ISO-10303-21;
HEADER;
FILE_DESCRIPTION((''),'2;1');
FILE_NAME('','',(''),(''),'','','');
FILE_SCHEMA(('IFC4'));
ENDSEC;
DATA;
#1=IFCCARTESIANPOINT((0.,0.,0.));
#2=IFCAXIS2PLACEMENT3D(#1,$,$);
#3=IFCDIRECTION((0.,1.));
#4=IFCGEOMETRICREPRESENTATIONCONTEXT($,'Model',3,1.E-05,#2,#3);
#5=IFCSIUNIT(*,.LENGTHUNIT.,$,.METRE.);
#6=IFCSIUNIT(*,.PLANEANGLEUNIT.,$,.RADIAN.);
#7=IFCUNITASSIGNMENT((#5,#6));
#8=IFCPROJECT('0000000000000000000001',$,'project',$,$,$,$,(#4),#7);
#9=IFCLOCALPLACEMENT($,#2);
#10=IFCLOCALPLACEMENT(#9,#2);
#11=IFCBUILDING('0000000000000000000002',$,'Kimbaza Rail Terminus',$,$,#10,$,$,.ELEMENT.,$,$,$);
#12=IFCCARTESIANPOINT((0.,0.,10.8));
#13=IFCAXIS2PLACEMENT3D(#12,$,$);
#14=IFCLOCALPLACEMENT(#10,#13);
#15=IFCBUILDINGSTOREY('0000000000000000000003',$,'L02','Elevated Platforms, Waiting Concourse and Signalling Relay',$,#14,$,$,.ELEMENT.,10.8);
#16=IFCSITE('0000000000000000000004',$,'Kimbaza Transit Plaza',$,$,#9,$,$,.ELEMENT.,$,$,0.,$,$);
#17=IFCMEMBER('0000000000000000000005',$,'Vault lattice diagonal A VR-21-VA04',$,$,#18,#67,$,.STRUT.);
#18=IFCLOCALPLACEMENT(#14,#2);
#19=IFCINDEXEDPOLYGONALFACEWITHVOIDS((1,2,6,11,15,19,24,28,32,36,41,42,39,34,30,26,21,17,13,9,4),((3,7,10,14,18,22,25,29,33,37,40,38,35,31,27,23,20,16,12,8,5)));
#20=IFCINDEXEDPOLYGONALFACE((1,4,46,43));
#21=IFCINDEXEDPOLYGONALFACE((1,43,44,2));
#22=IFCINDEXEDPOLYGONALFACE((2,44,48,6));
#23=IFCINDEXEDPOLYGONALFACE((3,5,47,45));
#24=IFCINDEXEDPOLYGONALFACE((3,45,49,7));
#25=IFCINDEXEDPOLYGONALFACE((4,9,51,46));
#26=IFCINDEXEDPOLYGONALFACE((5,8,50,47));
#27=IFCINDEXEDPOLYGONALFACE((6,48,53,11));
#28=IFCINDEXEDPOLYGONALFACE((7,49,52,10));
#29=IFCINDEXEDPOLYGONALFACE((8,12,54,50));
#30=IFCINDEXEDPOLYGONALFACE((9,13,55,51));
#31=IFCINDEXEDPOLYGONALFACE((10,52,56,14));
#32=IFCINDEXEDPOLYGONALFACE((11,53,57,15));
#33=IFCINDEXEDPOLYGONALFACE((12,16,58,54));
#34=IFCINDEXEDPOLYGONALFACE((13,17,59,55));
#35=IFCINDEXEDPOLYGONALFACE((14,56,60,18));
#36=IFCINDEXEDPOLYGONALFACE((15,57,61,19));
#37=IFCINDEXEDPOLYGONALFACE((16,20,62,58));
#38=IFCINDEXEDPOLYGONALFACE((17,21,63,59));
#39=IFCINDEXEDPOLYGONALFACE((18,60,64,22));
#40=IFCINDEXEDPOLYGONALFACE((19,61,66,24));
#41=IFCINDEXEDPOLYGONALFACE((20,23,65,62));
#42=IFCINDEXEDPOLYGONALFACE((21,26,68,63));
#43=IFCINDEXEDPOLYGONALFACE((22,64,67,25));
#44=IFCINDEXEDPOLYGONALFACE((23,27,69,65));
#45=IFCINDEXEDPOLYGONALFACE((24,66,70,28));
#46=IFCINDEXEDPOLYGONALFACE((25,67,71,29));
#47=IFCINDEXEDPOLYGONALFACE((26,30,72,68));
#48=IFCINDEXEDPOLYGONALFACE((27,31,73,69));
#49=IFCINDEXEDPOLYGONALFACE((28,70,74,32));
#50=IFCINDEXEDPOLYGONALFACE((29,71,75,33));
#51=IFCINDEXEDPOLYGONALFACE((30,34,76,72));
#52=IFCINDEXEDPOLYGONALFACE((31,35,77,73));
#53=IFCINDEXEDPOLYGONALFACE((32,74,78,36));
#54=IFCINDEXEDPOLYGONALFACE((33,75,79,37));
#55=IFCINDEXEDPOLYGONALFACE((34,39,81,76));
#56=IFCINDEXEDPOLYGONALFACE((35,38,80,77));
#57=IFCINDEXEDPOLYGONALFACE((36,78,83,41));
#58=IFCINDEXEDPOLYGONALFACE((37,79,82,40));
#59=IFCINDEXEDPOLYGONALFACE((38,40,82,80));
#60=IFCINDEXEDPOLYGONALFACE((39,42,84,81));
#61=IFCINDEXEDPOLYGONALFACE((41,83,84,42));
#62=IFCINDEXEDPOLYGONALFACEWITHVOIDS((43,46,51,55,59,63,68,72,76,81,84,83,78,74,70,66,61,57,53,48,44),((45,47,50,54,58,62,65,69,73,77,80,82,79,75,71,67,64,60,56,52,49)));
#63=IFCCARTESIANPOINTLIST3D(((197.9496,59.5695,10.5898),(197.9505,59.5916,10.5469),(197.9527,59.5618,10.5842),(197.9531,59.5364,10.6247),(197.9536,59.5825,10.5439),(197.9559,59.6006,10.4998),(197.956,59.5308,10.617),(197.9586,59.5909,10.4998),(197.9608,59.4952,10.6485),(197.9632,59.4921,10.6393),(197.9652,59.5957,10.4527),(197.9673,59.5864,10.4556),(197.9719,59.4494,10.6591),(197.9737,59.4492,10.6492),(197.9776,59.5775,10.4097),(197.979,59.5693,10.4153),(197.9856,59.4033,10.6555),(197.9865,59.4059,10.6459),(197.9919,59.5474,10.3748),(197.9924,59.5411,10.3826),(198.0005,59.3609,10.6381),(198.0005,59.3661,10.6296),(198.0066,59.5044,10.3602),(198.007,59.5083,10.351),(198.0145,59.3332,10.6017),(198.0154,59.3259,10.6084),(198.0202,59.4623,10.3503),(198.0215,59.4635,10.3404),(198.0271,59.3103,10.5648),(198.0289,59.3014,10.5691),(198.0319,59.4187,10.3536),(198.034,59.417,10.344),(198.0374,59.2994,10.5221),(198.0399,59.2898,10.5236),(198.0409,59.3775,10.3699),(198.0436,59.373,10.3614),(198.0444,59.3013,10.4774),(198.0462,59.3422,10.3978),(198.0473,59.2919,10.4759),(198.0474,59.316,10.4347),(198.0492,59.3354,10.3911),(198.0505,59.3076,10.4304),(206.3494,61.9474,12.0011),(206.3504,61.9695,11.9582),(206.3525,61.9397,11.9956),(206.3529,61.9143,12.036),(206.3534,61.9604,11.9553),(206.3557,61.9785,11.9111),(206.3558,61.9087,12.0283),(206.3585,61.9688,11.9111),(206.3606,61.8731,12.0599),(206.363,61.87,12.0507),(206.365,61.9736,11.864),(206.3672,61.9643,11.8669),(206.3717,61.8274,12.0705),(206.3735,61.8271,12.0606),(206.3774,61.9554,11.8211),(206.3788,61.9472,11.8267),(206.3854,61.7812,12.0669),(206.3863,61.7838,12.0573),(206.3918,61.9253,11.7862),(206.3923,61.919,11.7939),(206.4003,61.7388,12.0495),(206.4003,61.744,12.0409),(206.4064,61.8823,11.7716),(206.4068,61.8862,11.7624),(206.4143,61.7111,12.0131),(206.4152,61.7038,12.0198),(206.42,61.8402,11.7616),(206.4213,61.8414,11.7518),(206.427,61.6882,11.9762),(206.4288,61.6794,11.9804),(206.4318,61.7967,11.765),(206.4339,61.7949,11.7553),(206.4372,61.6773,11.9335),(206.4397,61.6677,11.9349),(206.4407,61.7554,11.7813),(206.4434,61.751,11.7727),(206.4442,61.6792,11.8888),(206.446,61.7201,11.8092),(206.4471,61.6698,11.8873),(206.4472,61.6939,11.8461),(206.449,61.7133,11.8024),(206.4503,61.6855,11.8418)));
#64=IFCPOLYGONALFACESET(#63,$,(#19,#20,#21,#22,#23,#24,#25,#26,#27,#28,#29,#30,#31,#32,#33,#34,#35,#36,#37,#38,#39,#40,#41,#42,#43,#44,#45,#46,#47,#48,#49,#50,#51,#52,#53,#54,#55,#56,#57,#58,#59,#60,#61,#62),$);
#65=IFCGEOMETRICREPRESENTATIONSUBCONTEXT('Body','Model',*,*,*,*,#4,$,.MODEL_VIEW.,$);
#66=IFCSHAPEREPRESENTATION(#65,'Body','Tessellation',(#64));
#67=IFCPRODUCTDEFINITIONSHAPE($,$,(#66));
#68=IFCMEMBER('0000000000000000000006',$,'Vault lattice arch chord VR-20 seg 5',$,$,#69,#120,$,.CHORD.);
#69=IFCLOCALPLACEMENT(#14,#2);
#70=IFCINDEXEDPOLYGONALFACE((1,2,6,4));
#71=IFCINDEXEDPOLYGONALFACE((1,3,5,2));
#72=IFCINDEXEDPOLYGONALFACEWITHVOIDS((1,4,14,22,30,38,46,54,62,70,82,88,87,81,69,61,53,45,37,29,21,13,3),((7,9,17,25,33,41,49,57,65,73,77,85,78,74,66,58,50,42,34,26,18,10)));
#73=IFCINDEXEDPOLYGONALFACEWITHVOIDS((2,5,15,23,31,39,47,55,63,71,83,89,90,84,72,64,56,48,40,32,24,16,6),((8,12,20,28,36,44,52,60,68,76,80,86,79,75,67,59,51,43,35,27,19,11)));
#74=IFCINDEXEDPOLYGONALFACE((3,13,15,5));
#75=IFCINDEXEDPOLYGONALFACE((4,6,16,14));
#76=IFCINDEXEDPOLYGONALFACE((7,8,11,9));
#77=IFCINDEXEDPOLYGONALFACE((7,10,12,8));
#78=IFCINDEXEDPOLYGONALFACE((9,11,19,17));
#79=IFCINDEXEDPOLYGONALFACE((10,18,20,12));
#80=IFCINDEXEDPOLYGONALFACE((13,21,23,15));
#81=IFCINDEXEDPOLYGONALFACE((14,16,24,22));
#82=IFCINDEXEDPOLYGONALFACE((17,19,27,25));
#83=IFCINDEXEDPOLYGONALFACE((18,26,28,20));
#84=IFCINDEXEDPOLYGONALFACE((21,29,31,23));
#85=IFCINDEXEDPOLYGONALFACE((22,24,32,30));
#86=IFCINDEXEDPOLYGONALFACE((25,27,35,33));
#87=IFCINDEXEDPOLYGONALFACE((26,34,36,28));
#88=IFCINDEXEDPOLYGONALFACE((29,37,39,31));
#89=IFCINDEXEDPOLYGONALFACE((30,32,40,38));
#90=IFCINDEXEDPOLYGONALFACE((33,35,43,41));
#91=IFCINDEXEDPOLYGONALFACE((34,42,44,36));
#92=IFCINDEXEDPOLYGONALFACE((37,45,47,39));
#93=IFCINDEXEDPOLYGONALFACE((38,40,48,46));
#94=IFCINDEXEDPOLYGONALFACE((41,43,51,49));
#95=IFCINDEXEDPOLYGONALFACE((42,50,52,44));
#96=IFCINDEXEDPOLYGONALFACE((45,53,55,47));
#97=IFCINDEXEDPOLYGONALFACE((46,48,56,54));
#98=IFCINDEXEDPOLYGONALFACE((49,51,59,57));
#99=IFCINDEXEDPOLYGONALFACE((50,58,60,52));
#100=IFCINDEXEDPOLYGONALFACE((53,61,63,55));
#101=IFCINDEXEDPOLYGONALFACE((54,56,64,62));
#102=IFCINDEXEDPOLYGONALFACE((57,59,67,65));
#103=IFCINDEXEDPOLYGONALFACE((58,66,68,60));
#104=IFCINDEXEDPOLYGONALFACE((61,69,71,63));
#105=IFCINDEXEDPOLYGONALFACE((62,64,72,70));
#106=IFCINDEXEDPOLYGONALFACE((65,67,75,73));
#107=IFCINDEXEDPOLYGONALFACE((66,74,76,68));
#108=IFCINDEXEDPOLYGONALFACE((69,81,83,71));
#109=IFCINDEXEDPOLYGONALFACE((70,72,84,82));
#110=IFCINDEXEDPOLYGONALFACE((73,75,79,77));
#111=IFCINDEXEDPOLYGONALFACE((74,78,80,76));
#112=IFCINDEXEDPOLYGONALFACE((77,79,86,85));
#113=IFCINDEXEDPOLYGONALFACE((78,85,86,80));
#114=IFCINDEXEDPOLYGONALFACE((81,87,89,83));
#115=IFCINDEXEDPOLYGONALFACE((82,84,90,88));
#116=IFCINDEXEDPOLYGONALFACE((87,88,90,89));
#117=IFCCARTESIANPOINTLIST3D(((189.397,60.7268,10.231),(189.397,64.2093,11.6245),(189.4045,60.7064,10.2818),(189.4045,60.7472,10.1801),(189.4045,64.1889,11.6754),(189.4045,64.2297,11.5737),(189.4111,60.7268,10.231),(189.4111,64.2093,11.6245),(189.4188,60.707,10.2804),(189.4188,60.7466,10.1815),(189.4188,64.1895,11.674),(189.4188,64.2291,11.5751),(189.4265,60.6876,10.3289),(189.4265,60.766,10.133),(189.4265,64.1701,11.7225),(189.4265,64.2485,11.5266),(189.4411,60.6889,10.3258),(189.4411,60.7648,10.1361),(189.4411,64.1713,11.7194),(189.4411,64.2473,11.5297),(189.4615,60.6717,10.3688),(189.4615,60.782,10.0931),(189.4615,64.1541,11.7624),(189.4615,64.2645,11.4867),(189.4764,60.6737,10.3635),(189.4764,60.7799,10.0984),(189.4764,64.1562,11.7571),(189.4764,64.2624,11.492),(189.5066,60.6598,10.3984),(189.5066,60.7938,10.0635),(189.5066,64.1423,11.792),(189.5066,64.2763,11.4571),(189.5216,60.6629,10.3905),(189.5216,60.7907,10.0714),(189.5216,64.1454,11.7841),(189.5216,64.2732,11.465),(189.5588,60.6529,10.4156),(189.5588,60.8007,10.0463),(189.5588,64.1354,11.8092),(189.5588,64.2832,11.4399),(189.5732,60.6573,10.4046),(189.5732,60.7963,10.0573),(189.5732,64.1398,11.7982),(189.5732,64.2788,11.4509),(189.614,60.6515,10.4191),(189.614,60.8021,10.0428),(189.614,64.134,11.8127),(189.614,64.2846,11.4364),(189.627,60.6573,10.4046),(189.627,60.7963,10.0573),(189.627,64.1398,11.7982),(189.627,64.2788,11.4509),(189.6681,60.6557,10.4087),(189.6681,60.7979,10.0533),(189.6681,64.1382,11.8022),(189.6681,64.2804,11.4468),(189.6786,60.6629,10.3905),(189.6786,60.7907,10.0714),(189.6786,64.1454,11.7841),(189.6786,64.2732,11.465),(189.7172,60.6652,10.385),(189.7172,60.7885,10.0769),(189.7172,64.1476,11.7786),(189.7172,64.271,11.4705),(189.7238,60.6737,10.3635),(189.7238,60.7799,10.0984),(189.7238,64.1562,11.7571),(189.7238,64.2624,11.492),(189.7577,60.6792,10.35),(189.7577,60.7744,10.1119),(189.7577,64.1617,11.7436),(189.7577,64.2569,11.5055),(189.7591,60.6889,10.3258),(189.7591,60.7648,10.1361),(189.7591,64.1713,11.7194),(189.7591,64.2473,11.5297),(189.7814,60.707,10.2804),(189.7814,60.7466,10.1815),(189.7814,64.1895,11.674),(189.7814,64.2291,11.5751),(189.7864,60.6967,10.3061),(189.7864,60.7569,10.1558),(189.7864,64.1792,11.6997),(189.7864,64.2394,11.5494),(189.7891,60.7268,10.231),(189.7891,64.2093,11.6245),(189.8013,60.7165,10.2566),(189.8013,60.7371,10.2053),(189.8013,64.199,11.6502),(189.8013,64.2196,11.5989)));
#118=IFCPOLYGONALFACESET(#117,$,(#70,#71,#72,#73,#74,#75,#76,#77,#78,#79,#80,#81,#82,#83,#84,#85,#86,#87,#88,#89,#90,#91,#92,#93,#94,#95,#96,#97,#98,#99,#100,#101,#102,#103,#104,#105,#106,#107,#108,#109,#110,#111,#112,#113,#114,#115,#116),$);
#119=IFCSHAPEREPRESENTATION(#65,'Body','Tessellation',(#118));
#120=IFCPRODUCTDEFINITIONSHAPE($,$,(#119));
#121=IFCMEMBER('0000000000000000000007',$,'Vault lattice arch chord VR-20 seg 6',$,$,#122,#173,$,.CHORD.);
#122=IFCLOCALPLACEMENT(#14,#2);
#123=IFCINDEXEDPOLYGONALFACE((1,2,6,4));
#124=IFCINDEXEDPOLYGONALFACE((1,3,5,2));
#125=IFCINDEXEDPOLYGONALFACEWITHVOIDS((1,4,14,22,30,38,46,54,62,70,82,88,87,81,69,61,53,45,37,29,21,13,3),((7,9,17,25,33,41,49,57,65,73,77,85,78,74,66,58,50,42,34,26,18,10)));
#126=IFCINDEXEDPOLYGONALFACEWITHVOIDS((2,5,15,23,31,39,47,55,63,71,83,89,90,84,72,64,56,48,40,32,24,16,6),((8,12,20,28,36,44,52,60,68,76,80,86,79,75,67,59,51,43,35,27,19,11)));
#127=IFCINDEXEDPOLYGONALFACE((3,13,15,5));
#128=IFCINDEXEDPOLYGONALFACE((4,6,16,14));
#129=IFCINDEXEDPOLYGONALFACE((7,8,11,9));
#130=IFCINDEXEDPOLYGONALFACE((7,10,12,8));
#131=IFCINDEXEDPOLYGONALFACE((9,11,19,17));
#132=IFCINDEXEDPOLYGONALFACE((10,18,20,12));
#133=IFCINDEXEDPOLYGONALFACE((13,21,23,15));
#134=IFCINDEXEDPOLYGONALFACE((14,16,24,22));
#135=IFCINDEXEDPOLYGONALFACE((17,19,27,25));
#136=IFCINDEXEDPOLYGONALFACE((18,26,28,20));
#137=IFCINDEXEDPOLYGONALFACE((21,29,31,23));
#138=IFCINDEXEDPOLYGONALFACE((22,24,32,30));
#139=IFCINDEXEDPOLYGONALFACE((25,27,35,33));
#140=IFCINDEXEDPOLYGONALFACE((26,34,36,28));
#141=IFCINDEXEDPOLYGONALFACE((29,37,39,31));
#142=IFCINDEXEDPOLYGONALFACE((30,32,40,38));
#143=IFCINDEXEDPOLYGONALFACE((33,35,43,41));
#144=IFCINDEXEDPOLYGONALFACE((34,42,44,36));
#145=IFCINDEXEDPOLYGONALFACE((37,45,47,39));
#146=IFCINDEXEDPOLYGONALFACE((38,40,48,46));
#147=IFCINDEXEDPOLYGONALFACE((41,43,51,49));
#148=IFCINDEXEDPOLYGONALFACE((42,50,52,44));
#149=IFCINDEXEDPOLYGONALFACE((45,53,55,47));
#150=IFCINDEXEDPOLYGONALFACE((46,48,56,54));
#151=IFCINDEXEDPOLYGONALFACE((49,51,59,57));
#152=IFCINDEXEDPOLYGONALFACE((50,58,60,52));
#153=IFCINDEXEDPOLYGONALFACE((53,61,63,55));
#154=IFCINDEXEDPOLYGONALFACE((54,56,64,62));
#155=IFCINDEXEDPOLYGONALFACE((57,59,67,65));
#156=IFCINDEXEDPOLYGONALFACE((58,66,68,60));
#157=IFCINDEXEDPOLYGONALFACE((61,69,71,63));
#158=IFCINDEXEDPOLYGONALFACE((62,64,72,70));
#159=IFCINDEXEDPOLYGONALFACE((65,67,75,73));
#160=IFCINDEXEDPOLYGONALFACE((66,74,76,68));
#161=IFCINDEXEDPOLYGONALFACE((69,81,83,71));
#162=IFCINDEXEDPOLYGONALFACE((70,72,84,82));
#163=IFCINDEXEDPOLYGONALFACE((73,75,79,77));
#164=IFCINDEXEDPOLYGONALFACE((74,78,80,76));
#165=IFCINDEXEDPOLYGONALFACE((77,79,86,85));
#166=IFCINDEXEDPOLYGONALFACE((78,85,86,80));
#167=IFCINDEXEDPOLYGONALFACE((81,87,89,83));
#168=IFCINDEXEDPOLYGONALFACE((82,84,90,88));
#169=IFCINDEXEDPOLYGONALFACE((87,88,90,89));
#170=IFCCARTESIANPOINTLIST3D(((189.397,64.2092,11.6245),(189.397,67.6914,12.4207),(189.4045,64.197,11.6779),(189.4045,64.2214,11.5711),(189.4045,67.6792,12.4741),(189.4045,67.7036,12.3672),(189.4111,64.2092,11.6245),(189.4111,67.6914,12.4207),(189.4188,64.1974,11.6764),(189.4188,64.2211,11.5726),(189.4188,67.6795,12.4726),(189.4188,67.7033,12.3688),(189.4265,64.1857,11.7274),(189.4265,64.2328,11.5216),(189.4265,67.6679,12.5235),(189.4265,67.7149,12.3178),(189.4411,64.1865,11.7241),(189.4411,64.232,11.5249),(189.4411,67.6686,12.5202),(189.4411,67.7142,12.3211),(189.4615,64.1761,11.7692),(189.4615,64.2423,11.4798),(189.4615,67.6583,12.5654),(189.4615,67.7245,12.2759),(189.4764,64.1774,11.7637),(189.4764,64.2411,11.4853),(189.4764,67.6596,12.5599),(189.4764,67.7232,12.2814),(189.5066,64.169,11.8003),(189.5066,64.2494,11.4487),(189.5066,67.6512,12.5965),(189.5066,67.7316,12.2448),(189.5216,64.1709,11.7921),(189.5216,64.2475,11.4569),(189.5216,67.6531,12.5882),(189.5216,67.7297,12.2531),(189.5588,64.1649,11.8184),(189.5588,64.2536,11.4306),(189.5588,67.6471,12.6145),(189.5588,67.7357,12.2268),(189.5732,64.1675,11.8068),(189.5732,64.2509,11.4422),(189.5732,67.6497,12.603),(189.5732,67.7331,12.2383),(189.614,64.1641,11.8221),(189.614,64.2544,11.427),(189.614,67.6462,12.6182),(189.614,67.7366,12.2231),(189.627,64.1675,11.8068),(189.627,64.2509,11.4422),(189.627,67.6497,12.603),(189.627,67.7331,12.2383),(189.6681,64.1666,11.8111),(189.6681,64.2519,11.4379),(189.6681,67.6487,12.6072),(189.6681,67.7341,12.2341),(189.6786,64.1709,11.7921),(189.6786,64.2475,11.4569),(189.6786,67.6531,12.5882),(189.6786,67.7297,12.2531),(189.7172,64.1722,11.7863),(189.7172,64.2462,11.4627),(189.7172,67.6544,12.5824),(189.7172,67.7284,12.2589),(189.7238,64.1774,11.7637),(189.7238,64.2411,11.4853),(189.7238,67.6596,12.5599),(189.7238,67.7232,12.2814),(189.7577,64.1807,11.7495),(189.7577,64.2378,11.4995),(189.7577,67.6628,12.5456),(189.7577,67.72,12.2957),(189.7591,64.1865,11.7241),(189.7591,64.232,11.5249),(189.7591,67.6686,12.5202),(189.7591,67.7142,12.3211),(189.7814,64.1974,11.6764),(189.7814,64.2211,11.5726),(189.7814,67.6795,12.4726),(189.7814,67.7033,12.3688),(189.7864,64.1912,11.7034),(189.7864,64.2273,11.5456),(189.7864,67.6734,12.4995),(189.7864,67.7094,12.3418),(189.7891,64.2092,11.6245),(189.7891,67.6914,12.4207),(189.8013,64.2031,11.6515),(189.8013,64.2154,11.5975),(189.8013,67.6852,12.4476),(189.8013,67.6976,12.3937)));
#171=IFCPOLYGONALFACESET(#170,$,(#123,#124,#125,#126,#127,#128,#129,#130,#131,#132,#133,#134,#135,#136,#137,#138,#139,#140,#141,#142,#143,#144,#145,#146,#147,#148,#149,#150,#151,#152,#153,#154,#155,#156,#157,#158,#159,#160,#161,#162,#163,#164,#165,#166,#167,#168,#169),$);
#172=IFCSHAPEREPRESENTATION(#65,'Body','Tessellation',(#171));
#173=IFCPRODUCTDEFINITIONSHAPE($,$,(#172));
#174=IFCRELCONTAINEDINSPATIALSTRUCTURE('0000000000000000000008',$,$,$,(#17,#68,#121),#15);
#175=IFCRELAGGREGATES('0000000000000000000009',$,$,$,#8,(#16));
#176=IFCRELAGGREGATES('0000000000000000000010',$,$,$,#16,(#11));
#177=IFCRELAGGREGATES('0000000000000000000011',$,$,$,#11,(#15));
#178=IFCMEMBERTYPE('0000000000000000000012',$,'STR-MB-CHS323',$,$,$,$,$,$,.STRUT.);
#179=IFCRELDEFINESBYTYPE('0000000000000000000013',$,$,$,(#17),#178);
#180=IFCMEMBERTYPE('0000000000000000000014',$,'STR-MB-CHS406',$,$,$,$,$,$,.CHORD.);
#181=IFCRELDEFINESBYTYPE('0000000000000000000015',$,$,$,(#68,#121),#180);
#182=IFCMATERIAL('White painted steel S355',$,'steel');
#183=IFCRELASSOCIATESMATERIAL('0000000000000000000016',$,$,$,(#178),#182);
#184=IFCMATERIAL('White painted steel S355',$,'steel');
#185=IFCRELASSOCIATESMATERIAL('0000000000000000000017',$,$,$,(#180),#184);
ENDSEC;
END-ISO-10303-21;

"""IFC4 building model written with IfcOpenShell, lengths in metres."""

from ifc_helpers import new_model, si_unit, direction, frame, origin, origin_2d, place, context, subcontext, project, spatial, hollow_circle, extrude, material, material_profile, profile_set, type_object, element, save


model = new_model("IFC4")

# Units and contexts
model_context = context("Model", 3, precision=1e-05, world=origin(), true_north=direction((0.0, 1.0)))
body_context = subcontext(model_context, "Body", "Model", "MODEL_VIEW")
ifc_project = project(units=[si_unit("LENGTHUNIT", "METRE"), si_unit("PLANEANGLEUNIT", "RADIAN")], contexts=[model_context])

# Site, building, storey
site_placement = place(None, origin())
site = spatial("IfcSite", under=ifc_project, at=site_placement, Name="Kimbaza Transit Plaza", CompositionType="ELEMENT", RefElevation=0.0)
building_placement = place(site_placement, origin())
building = spatial("IfcBuilding", under=site, at=building_placement, Name="Kimbaza Rail Terminus", CompositionType="ELEMENT")
storey_placement = place(building_placement, frame((0.0, 0.0, 10.8)))
storey = spatial("IfcBuildingStorey", under=building, at=storey_placement, Name="L02", Description="Elevated Platforms, Waiting Concourse and Signalling Relay", CompositionType="ELEMENT", Elevation=10.8)

# Members
ifc_material_1 = material(Name="White painted steel S355", Category="steel")
ifc_material_profile_1 = material_profile(ifc_material_1, hollow_circle(Radius=0.1619, WallThickness=0.01, at=origin_2d()), Name="CHS 323.9x10")
ifc_profile_set_1 = profile_set([ifc_material_profile_1], Name="White painted steel S355")
member_type_1 = type_object("IfcMemberType", Name="STR-MB-CHS323", PredefinedType="STRUT", material=ifc_profile_set_1)
member_1_placement = place(storey_placement, frame((198.0, 59.4448, 10.4998), z_axis=(0.949855, 0.268895, 0.159597), x_axis=(-0.272386, 0.962188, 0.0)))
element("IfcMember", 1, at=member_1_placement, inside=storey, type_object=member_type_1, Name="Vault lattice diagonal A VR-21-VA04", PredefinedType="STRUT", context=body_context, shape_type="SweptSolid", body=[
    extrude(hollow_circle(Radius=0.1619, WallThickness=0.01, at=origin_2d()), origin(), (0.0, 0.0, 1.0), 8.8433),
])
ifc_material_2 = material(Name="White painted steel S355", Category="steel")
ifc_material_profile_2 = material_profile(ifc_material_2, hollow_circle(Radius=0.2031, WallThickness=0.0142, at=origin_2d()), Name="CHS 406.4x14.2")
ifc_profile_set_2 = profile_set([ifc_material_profile_2], Name="White painted steel S355")
member_type_2 = type_object("IfcMemberType", Name="STR-MB-CHS406", PredefinedType="CHORD", material=ifc_profile_set_2)
member_2_placement = place(storey_placement, frame((189.6001, 60.7268, 10.231), z_axis=(0.0, 0.928423, 0.371525), x_axis=(-1.0, 0.0, 0.0)))
element("IfcMember", 2, at=member_2_placement, inside=storey, type_object=member_type_2, Name="Vault lattice arch chord VR-20 seg 5", PredefinedType="CHORD", context=body_context, shape_type="SweptSolid", body=[
    extrude(hollow_circle(Radius=0.2031, WallThickness=0.0142, at=origin_2d()), origin(), (0.0, 0.0, 1.0), 3.751),
])
member_3_placement = place(storey_placement, frame((189.6001, 64.2092, 11.6245), z_axis=(0.0, 0.974845, 0.222882), x_axis=(-1.0, 0.0, 0.0)))
element("IfcMember", 3, at=member_3_placement, inside=storey, type_object=member_type_2, Name="Vault lattice arch chord VR-20 seg 6", PredefinedType="CHORD", context=body_context, shape_type="SweptSolid", body=[
    extrude(hollow_circle(Radius=0.2031, WallThickness=0.0142, at=origin_2d()), origin(), (0.0, 0.0, 1.0), 3.572),
])

save(model, "model.ifc")
